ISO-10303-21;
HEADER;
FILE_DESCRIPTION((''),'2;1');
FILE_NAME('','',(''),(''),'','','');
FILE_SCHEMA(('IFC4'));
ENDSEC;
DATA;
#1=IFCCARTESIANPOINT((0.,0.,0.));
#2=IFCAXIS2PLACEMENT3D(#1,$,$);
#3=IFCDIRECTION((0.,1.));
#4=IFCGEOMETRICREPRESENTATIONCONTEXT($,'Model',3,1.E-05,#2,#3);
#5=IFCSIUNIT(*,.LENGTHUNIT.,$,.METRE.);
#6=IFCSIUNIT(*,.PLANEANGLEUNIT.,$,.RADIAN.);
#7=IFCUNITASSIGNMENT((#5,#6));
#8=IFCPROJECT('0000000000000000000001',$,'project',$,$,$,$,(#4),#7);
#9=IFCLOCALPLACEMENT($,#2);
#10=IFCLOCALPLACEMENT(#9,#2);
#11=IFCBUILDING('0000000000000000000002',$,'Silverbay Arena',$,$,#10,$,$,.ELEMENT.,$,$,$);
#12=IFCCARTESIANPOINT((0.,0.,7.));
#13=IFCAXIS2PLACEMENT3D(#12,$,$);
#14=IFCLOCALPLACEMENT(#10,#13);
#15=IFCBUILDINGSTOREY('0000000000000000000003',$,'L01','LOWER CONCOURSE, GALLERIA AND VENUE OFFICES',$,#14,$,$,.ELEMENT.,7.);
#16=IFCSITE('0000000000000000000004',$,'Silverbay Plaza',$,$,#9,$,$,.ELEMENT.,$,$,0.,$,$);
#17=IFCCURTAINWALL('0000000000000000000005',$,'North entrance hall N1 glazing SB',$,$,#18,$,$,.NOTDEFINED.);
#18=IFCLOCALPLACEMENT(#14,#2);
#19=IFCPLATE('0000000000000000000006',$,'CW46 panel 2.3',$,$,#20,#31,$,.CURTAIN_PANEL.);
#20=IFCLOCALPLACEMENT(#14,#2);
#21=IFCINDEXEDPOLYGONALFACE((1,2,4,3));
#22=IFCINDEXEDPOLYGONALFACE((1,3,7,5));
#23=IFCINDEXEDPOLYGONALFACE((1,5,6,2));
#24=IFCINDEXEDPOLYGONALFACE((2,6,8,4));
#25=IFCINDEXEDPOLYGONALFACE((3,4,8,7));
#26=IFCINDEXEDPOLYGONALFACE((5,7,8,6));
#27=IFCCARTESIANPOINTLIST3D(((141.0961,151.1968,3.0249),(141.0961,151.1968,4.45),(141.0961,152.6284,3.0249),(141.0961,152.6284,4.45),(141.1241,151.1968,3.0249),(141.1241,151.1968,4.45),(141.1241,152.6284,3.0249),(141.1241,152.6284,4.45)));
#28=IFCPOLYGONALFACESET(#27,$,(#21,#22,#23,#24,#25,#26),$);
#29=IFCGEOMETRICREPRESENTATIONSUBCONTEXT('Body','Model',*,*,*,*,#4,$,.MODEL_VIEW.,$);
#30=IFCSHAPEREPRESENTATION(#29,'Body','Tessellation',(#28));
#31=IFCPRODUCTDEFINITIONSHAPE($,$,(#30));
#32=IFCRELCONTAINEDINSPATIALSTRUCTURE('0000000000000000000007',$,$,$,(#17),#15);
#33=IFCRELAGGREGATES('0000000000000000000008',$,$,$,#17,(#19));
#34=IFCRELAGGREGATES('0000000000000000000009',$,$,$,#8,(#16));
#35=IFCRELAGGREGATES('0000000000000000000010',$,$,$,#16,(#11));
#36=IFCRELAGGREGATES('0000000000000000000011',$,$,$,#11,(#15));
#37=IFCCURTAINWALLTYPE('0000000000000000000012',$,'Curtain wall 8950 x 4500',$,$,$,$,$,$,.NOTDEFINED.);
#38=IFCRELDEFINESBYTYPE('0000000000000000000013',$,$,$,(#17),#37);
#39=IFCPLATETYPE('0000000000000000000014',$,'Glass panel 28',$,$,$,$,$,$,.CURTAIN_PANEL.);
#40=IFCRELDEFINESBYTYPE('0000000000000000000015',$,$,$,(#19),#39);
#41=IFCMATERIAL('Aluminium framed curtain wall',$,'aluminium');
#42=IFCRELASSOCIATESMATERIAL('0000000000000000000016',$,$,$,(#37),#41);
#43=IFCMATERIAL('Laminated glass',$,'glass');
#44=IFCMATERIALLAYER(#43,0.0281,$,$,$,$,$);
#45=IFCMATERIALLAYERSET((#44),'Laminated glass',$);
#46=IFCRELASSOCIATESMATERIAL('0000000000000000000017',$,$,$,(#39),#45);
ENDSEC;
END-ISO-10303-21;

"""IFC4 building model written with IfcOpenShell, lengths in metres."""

from ifc_helpers import new_model, si_unit, direction, frame, origin, origin_2d, place, context, subcontext, project, spatial, rectangle, extrude, material, layer, layer_set, type_object, element, aggregate, save


model = new_model("IFC4")

# Units and contexts
model_context = context("Model", 3, precision=1e-05, world=origin(), true_north=direction((0.0, 1.0)))
body_context = subcontext(model_context, "Body", "Model", "MODEL_VIEW")
ifc_project = project(units=[si_unit("LENGTHUNIT", "METRE"), si_unit("PLANEANGLEUNIT", "RADIAN")], contexts=[model_context])

# Site, building, storey
site_placement = place(None, origin())
site = spatial("IfcSite", under=ifc_project, at=site_placement, Name="Silverbay Plaza", CompositionType="ELEMENT", RefElevation=0.0)
building_placement = place(site_placement, origin())
building = spatial("IfcBuilding", under=site, at=building_placement, Name="Silverbay Arena", CompositionType="ELEMENT")
storey_placement = place(building_placement, frame((0.0, 0.0, 7.0)))
storey = spatial("IfcBuildingStorey", under=building, at=storey_placement, Name="L01", Description="LOWER CONCOURSE, GALLERIA AND VENUE OFFICES", CompositionType="ELEMENT", Elevation=7.0)

# Curtain wall
ifc_material_1 = material(Name="Aluminium framed curtain wall", Category="aluminium")
curtain_wall_type_1 = type_object("IfcCurtainWallType", Name="Curtain wall 8950 x 4500", PredefinedType="NOTDEFINED", material=ifc_material_1)
curtain_wall_1_placement = place(storey_placement, origin())
curtain_wall_1 = element("IfcCurtainWall", 1, at=curtain_wall_1_placement, inside=storey, type_object=curtain_wall_type_1, Name="North entrance hall N1 glazing SB", PredefinedType="NOTDEFINED")

# Plate
ifc_material_2 = material(Name="Laminated glass", Category="glass")
ifc_layer = layer(ifc_material_2, 0.0281)
ifc_layer_set = layer_set([ifc_layer], Name="Laminated glass")
plate_type = type_object("IfcPlateType", Name="Glass panel 28", PredefinedType="CURTAIN_PANEL", material=ifc_layer_set)
plate_1_placement = place(storey_placement, frame((141.1101, 151.9126, 3.0249), z_axis=(0.0, 0.0, 1.0), x_axis=(0.0, -1.0, 0.0)))
plate_1 = element("IfcPlate", 2, at=plate_1_placement, type_object=plate_type, Name="CW46 panel 2.3", PredefinedType="CURTAIN_PANEL", context=body_context, shape_type="SweptSolid", body=[
    extrude(rectangle(XDim=1.4316, YDim=0.0281, at=origin_2d()), origin(), (0.0, 0.0, 1.0), 1.425),
])
aggregate(curtain_wall_1, [plate_1])

save(model, "model.ifc")
